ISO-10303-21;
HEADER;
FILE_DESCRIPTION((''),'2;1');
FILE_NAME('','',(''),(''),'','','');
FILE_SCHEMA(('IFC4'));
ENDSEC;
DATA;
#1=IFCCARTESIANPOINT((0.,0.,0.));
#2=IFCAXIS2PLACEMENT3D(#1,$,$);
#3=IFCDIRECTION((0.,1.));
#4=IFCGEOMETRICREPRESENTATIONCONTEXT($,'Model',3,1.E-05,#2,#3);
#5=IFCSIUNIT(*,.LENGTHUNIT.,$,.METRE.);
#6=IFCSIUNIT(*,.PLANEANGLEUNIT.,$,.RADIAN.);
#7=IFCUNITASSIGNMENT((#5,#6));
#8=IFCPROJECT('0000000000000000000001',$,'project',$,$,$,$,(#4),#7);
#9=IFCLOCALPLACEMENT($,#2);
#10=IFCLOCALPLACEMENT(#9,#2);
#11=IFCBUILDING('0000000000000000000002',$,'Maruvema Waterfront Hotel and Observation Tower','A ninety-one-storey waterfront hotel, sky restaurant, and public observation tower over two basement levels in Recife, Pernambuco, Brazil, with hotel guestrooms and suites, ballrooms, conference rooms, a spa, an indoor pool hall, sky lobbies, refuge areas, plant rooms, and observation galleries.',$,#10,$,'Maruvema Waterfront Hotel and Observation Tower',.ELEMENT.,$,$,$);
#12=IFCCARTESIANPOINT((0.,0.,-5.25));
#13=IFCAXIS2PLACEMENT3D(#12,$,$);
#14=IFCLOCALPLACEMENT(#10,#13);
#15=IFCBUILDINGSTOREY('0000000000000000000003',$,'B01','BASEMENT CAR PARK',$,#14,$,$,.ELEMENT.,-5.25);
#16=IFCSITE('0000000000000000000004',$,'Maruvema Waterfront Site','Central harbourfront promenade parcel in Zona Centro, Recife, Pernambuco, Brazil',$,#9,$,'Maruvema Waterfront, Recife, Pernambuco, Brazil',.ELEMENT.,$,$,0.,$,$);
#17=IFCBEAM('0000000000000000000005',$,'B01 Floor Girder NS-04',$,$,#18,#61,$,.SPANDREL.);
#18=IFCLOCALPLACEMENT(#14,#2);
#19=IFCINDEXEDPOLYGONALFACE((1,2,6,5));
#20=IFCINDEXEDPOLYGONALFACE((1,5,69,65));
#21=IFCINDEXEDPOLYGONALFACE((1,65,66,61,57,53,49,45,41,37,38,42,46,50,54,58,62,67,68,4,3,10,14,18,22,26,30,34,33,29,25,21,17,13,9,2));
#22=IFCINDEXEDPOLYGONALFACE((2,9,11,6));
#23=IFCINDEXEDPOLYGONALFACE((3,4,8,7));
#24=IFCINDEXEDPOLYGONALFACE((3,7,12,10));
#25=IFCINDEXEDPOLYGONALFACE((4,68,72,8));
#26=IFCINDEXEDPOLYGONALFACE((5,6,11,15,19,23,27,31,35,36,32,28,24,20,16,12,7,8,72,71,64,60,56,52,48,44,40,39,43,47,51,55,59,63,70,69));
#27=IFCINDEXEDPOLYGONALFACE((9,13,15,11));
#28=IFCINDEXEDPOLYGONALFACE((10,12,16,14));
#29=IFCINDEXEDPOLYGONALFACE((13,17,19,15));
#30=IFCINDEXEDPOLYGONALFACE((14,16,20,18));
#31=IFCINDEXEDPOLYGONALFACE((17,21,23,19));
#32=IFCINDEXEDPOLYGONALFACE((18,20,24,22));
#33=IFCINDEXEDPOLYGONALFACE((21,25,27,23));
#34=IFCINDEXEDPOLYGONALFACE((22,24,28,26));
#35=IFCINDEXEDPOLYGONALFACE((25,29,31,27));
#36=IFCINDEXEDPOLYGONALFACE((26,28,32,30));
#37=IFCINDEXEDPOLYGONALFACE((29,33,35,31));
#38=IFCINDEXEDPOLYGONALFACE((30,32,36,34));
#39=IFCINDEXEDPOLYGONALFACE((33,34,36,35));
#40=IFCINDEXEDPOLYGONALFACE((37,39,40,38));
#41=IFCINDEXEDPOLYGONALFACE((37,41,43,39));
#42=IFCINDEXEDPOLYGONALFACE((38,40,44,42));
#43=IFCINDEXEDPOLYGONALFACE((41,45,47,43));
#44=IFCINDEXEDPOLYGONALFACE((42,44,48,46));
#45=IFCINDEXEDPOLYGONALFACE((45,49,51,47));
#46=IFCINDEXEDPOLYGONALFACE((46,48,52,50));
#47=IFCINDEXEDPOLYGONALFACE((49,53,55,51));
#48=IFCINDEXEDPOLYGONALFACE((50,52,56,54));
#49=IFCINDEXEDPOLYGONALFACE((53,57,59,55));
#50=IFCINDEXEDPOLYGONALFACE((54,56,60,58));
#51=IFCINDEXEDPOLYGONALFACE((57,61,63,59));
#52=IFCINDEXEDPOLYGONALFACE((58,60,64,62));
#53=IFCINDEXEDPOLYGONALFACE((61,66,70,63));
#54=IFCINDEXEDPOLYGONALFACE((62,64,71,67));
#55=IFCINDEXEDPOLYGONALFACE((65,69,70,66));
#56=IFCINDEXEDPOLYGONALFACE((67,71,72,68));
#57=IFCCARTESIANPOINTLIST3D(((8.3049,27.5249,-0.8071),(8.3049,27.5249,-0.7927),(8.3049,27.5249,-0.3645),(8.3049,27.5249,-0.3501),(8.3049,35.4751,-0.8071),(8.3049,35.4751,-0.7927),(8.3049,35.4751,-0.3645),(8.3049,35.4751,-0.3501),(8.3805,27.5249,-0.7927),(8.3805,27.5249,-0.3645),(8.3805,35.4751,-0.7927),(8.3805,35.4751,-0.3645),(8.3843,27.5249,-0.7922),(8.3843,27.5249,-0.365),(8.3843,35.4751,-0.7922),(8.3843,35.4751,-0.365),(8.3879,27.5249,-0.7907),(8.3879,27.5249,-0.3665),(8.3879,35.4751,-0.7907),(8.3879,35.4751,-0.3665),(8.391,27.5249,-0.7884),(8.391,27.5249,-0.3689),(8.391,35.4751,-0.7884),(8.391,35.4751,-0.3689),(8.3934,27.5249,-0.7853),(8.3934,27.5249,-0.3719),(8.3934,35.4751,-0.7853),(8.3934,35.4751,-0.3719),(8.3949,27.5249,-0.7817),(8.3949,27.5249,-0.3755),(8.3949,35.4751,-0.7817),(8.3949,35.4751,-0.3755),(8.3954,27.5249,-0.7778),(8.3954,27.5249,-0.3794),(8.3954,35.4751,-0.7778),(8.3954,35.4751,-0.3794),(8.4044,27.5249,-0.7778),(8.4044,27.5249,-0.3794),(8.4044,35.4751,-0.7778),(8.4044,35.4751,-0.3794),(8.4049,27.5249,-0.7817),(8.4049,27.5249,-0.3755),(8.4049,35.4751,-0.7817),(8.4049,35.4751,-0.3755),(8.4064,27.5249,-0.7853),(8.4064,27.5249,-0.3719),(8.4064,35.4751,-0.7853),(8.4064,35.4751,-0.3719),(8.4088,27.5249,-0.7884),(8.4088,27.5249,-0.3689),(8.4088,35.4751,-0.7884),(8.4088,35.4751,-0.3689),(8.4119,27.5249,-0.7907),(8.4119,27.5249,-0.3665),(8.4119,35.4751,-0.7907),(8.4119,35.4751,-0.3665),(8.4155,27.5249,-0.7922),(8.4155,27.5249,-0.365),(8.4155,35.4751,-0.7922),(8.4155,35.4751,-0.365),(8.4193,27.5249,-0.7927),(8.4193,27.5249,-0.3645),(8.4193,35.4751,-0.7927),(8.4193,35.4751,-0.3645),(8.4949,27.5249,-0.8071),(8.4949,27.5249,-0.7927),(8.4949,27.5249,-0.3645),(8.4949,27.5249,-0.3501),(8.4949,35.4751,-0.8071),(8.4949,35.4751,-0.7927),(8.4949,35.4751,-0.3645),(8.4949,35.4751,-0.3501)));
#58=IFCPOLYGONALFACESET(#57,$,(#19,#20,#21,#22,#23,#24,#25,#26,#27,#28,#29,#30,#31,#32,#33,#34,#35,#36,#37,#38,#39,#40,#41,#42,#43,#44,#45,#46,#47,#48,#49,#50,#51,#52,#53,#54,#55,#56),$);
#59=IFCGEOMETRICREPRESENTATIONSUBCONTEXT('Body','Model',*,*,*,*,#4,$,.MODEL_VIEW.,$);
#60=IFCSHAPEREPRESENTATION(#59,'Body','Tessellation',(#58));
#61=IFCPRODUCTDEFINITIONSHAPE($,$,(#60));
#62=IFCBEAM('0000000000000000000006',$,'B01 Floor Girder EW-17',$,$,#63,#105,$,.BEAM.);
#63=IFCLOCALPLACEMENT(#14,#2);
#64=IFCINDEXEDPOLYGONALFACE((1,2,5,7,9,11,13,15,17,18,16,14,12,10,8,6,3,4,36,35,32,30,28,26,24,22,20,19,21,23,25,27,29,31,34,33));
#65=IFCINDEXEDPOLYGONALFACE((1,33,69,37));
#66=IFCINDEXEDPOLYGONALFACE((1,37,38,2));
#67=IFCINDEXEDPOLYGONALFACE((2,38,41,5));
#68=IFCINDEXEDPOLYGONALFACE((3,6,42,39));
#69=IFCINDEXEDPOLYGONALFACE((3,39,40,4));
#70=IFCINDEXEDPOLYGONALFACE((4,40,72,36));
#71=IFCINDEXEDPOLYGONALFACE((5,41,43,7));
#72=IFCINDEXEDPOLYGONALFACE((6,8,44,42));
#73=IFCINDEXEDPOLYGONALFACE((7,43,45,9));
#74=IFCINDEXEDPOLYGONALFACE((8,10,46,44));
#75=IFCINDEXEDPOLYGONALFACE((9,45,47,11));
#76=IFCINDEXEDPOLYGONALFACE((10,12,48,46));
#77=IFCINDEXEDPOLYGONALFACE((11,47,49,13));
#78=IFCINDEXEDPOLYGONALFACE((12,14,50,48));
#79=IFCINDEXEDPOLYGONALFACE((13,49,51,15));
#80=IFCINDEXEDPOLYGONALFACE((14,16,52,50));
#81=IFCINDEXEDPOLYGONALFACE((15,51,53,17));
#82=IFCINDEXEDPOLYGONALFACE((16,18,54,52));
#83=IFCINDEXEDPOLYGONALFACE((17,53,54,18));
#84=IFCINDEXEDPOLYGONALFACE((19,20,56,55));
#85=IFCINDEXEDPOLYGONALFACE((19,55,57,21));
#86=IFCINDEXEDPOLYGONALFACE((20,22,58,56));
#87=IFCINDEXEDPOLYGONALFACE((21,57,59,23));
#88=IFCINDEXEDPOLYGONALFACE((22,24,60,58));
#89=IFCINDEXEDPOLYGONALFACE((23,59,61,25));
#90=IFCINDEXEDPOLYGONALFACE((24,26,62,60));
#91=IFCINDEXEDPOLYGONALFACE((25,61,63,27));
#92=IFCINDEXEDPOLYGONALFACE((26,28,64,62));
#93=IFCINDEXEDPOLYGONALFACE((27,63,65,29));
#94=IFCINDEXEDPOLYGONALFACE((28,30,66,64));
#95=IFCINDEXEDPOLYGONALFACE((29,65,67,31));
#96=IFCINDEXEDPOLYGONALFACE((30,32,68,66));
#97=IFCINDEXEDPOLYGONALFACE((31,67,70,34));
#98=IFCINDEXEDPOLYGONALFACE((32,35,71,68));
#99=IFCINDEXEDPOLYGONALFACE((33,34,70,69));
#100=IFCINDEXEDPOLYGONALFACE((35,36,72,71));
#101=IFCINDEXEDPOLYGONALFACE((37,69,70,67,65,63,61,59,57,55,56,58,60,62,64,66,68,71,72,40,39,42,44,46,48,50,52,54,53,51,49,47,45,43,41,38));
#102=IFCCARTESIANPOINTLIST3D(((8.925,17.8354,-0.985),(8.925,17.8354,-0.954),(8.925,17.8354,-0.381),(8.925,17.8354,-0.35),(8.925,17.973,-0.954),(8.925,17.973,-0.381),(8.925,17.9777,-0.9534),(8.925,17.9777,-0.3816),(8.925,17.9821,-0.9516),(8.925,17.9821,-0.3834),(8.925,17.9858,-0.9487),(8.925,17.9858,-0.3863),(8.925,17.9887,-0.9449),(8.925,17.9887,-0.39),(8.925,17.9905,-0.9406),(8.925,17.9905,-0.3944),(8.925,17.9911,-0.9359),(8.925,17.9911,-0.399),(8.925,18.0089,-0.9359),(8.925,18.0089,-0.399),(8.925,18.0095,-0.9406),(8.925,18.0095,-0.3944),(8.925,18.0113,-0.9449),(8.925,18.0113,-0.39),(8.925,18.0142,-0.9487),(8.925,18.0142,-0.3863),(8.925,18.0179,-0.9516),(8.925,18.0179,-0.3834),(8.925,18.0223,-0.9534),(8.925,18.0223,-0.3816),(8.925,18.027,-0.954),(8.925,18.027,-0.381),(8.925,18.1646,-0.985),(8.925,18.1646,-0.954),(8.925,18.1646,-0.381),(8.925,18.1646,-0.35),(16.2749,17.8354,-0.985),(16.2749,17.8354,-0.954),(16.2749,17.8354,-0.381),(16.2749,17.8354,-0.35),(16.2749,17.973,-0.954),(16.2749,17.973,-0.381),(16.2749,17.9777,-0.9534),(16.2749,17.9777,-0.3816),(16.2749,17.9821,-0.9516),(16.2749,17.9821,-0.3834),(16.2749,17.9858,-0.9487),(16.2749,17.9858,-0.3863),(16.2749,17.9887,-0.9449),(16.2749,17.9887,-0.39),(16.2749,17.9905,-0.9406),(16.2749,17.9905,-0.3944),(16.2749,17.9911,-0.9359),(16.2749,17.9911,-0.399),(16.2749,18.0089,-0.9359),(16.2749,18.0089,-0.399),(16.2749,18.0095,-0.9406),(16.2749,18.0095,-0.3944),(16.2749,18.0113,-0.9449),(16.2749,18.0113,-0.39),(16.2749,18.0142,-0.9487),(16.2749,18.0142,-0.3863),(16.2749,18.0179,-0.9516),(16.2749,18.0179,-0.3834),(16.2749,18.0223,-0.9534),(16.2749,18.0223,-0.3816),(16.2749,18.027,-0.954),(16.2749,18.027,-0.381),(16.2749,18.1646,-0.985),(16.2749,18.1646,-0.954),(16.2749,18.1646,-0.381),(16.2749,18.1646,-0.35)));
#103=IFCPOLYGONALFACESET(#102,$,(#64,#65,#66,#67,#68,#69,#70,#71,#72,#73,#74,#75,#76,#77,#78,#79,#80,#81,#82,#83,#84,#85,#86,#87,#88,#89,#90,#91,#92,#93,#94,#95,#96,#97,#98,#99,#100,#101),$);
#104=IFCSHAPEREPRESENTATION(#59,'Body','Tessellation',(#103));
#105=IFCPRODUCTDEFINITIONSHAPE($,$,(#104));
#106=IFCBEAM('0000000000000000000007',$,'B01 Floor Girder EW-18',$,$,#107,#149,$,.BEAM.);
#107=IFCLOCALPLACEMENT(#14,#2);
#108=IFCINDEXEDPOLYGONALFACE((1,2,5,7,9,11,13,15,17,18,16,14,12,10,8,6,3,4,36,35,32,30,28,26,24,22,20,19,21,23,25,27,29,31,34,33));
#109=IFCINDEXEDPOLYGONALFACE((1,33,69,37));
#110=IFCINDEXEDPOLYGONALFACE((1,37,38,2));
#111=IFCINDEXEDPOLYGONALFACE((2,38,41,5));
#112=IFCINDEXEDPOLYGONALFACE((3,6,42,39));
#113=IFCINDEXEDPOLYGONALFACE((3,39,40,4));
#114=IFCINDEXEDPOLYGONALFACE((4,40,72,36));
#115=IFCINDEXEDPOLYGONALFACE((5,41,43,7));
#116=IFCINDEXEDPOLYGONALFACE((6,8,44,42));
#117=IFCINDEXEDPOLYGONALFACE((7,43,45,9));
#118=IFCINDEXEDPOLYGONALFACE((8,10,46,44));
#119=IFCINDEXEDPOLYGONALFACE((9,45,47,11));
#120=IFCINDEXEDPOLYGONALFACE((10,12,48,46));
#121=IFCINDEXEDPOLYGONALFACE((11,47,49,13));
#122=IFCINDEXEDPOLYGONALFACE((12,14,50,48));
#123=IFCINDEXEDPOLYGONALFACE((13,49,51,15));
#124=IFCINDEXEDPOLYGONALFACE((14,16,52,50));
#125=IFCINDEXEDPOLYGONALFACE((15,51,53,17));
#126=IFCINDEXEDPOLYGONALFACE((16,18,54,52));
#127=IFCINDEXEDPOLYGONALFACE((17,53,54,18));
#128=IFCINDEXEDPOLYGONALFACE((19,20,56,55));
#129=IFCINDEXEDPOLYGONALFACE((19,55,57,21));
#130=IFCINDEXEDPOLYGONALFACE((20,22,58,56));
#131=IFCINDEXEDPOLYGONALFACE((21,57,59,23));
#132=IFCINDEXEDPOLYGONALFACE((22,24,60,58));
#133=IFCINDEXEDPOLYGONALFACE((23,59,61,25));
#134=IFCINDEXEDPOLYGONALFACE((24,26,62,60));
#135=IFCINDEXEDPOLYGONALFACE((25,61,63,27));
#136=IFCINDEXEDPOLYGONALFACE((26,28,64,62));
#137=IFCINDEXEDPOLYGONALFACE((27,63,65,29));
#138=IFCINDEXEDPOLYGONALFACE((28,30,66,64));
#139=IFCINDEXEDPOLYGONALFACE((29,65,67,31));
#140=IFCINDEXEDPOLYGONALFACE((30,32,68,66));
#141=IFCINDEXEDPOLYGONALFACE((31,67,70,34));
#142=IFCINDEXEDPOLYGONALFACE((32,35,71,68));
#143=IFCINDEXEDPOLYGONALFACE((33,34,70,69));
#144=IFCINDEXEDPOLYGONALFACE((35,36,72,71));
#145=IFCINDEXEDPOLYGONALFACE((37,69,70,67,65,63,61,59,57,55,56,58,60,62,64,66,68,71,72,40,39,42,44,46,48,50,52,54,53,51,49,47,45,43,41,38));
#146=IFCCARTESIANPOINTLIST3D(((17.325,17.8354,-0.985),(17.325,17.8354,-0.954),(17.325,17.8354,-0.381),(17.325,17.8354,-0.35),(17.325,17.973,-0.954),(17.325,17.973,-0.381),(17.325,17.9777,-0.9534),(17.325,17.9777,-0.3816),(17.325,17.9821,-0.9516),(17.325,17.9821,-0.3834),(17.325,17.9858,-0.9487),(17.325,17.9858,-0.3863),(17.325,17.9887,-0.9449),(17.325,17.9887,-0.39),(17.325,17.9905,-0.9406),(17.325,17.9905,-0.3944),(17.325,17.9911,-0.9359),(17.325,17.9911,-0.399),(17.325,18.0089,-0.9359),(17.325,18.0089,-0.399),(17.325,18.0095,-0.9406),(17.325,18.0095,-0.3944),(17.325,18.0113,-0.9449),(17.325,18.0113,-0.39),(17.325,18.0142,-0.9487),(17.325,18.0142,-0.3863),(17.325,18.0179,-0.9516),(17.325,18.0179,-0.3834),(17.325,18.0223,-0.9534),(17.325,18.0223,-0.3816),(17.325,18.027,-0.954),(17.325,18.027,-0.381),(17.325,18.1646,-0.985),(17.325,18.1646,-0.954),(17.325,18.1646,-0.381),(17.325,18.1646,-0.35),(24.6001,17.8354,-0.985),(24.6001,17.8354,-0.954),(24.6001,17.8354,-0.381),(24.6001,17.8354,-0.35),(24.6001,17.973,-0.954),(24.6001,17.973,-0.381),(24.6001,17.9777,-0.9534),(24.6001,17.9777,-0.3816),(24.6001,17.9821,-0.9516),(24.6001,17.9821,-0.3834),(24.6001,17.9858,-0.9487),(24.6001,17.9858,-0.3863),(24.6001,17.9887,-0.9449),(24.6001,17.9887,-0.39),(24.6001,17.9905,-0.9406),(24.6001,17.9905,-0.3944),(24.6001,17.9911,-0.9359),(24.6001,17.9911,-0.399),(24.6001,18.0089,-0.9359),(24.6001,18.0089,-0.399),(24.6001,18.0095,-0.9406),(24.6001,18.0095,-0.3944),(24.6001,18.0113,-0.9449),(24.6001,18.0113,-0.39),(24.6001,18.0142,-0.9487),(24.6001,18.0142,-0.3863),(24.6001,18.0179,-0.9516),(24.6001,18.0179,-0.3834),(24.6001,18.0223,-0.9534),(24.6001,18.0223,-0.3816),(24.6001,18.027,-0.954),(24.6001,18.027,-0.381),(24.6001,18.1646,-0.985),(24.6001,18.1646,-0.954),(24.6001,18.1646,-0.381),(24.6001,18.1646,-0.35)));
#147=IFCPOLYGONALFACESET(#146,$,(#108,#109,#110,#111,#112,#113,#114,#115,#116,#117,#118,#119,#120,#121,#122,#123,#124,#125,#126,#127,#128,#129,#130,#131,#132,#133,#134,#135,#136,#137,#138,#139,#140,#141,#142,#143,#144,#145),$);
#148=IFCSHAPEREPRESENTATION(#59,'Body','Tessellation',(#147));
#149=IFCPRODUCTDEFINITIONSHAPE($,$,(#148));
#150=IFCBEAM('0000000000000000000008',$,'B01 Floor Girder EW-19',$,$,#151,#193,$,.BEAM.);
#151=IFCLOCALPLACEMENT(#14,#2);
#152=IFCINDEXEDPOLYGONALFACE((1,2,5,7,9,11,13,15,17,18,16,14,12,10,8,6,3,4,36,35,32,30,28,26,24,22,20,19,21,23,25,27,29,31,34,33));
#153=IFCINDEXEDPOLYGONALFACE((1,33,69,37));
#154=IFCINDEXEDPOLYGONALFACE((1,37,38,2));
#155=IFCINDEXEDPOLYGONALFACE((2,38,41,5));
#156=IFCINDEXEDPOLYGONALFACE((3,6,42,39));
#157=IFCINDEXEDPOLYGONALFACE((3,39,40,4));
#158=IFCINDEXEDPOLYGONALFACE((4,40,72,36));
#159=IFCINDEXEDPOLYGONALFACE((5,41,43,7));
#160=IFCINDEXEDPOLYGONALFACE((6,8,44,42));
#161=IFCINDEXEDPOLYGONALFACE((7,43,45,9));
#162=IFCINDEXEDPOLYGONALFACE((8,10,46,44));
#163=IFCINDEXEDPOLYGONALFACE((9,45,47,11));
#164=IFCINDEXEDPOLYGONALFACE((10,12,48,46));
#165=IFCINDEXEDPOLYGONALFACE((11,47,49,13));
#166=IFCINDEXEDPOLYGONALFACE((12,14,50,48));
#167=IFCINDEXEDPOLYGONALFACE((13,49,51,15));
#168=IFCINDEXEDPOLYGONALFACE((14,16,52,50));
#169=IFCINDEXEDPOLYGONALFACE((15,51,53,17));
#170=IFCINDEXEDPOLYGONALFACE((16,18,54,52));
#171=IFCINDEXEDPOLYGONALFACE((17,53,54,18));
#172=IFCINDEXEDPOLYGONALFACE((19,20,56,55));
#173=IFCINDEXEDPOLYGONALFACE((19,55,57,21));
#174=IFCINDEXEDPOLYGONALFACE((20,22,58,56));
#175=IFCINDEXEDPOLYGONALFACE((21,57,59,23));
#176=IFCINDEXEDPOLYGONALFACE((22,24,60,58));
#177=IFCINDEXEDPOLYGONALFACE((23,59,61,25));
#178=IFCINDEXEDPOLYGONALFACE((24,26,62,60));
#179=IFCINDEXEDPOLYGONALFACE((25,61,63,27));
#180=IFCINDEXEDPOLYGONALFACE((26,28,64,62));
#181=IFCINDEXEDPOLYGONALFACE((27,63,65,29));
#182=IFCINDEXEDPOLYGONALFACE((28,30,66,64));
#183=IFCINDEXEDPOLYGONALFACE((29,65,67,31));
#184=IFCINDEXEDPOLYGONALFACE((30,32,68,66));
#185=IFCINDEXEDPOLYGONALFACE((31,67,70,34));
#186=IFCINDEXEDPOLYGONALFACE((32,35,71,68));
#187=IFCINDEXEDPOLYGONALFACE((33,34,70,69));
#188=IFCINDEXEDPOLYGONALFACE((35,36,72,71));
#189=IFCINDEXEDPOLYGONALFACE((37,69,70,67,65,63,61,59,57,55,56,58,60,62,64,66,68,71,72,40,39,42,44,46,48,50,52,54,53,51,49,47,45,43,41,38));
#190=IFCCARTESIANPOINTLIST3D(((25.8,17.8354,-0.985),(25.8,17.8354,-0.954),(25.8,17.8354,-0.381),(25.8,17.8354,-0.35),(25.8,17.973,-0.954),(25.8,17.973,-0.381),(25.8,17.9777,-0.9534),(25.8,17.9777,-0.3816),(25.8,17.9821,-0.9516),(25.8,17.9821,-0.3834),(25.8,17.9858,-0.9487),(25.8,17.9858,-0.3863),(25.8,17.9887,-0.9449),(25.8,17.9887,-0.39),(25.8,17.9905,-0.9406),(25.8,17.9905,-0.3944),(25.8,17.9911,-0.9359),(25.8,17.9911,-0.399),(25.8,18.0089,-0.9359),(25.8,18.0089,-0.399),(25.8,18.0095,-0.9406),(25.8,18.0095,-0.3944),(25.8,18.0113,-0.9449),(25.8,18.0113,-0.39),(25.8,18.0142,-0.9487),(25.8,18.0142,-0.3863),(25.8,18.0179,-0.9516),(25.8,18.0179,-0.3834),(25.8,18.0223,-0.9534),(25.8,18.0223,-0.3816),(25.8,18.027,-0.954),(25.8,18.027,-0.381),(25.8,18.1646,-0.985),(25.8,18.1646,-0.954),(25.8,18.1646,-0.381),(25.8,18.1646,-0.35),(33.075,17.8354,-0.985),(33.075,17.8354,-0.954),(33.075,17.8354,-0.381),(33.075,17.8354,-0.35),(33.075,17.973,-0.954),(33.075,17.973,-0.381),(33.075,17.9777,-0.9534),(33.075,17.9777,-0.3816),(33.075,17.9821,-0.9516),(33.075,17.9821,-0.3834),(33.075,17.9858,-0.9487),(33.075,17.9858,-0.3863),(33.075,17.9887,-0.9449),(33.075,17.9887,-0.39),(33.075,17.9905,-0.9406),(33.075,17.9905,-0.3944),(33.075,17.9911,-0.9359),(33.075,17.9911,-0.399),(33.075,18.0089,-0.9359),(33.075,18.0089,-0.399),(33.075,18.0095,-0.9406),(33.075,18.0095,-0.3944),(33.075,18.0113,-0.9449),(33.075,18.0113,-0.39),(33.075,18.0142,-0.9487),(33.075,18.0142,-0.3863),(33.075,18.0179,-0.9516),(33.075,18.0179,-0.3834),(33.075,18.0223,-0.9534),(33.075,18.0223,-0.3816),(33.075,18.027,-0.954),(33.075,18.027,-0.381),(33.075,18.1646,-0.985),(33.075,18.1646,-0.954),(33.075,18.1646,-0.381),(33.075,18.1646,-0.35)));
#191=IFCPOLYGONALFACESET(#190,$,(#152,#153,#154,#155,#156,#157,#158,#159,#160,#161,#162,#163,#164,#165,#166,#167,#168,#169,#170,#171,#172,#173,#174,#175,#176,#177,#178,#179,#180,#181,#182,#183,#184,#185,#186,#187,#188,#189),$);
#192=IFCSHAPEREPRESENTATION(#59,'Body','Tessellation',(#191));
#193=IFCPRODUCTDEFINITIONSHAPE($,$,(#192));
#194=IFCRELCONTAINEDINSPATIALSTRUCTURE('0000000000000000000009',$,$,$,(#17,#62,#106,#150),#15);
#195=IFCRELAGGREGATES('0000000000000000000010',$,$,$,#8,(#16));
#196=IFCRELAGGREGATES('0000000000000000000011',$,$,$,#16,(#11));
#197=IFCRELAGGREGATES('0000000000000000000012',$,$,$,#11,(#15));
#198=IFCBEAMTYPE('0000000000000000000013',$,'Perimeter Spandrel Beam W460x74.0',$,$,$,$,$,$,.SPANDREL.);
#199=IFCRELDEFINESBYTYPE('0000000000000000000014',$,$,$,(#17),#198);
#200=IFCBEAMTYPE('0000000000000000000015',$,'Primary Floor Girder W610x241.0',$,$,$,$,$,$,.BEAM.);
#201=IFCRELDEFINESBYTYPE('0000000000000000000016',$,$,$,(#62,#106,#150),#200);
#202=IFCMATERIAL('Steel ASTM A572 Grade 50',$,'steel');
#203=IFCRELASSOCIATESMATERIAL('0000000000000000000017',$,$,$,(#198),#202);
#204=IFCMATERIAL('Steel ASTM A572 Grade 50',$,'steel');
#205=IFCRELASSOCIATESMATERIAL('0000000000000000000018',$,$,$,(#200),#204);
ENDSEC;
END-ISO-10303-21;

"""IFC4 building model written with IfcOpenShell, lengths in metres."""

from ifc_helpers import new_model, si_unit, direction, frame, origin, origin_2d, place, context, subcontext, project, spatial, i_section, extrude, material, material_profile, profile_set, type_object, element, save


model = new_model("IFC4")

# Units and contexts
model_context = context("Model", 3, precision=1e-05, world=origin(), true_north=direction((0.0, 1.0)))
body_context = subcontext(model_context, "Body", "Model", "MODEL_VIEW")
ifc_project = project(units=[si_unit("LENGTHUNIT", "METRE"), si_unit("PLANEANGLEUNIT", "RADIAN")], contexts=[model_context])

# Site, building, storey
site_placement = place(None, origin())
site = spatial("IfcSite", under=ifc_project, at=site_placement, Name="Maruvema Waterfront Site", Description="Central harbourfront promenade parcel in Zona Centro, Recife, Pernambuco, Brazil", LongName="Maruvema Waterfront, Recife, Pernambuco, Brazil", CompositionType="ELEMENT", RefElevation=0.0)
building_placement = place(site_placement, origin())
building = spatial("IfcBuilding", under=site, at=building_placement, Name="Maruvema Waterfront Hotel and Observation Tower", Description="A ninety-one-storey waterfront hotel, sky restaurant, and public observation tower over two basement levels in Recife, Pernambuco, Brazil, with hotel guestrooms and suites, ballrooms, conference rooms, a spa, an indoor pool hall, sky lobbies, refuge areas, plant rooms, and observation galleries.", LongName="Maruvema Waterfront Hotel and Observation Tower", CompositionType="ELEMENT")
storey_placement = place(building_placement, frame((0.0, 0.0, -5.25)))
storey = spatial("IfcBuildingStorey", under=building, at=storey_placement, Name="B01", Description="BASEMENT CAR PARK", CompositionType="ELEMENT", Elevation=-5.25)

# Beams
ifc_material_1 = material(Name="Steel ASTM A572 Grade 50", Category="steel")
ifc_material_profile_1 = material_profile(ifc_material_1, i_section(OverallWidth=0.1899, OverallDepth=0.457, WebThickness=0.009, FlangeThickness=0.0144, FilletRadius=0.0149, at=origin_2d()), Name="W460x74.0")
ifc_profile_set_1 = profile_set([ifc_material_profile_1], Name="Steel ASTM A572 Grade 50")
beam_type_1 = type_object("IfcBeamType", Name="Perimeter Spandrel Beam W460x74.0", PredefinedType="SPANDREL", material=ifc_profile_set_1)
for number, where, z_axis, x_axis, name in (
    (1, (8.3999, 27.5249, -0.5786), (0.0, 1.0, 0.0), (-1.0, 0.0, 0.0), "B01 Floor Girder NS-04"),
):
    element("IfcBeam", number, at=place(storey_placement, frame(where, z_axis=z_axis, x_axis=x_axis)), inside=storey, type_object=beam_type_1, Name=name, PredefinedType="SPANDREL", context=body_context, shape_type="SweptSolid", body=[
        extrude(i_section(OverallWidth=0.1899, OverallDepth=0.457, WebThickness=0.009, FlangeThickness=0.0144, FilletRadius=0.0149, at=origin_2d()), origin(), (0.0, 0.0, 1.0), 7.9502),
    ])
ifc_material_2 = material(Name="Steel ASTM A572 Grade 50", Category="steel")
ifc_material_profile_2 = material_profile(ifc_material_2, i_section(OverallWidth=0.3291, OverallDepth=0.635, WebThickness=0.0178, FlangeThickness=0.031, FilletRadius=0.0181, at=origin_2d()), Name="W610x241.0")
ifc_profile_set_2 = profile_set([ifc_material_profile_2], Name="Steel ASTM A572 Grade 50")
beam_type_2 = type_object("IfcBeamType", Name="Primary Floor Girder W610x241.0", PredefinedType="BEAM", material=ifc_profile_set_2)
beam_1_placement = place(storey_placement, frame((8.925, 18.0, -0.6675), z_axis=(1.0, 0.0, 0.0), x_axis=(0.0, 1.0, 0.0)))
element("IfcBeam", 2, at=beam_1_placement, inside=storey, type_object=beam_type_2, Name="B01 Floor Girder EW-17", PredefinedType="BEAM", context=body_context, shape_type="SweptSolid", body=[
    extrude(i_section(OverallWidth=0.3291, OverallDepth=0.635, WebThickness=0.0178, FlangeThickness=0.031, FilletRadius=0.0181, at=origin_2d()), origin(), (0.0, 0.0, 1.0), 7.3499),
])
beam_2_placement = place(storey_placement, frame((17.325, 18.0, -0.6675), z_axis=(1.0, 0.0, 0.0), x_axis=(0.0, 1.0, 0.0)))
element("IfcBeam", 3, at=beam_2_placement, inside=storey, type_object=beam_type_2, Name="B01 Floor Girder EW-18", PredefinedType="BEAM", context=body_context, shape_type="SweptSolid", body=[
    extrude(i_section(OverallWidth=0.3291, OverallDepth=0.635, WebThickness=0.0178, FlangeThickness=0.031, FilletRadius=0.0181, at=origin_2d()), origin(), (0.0, 0.0, 1.0), 7.2751),
])
beam_3_placement = place(storey_placement, frame((25.8, 18.0, -0.6675), z_axis=(1.0, 0.0, 0.0), x_axis=(0.0, 1.0, 0.0)))
element("IfcBeam", 4, at=beam_3_placement, inside=storey, type_object=beam_type_2, Name="B01 Floor Girder EW-19", PredefinedType="BEAM", context=body_context, shape_type="SweptSolid", body=[
    extrude(i_section(OverallWidth=0.3291, OverallDepth=0.635, WebThickness=0.0178, FlangeThickness=0.031, FilletRadius=0.0181, at=origin_2d()), origin(), (0.0, 0.0, 1.0), 7.2749),
])

save(model, "model.ifc")
